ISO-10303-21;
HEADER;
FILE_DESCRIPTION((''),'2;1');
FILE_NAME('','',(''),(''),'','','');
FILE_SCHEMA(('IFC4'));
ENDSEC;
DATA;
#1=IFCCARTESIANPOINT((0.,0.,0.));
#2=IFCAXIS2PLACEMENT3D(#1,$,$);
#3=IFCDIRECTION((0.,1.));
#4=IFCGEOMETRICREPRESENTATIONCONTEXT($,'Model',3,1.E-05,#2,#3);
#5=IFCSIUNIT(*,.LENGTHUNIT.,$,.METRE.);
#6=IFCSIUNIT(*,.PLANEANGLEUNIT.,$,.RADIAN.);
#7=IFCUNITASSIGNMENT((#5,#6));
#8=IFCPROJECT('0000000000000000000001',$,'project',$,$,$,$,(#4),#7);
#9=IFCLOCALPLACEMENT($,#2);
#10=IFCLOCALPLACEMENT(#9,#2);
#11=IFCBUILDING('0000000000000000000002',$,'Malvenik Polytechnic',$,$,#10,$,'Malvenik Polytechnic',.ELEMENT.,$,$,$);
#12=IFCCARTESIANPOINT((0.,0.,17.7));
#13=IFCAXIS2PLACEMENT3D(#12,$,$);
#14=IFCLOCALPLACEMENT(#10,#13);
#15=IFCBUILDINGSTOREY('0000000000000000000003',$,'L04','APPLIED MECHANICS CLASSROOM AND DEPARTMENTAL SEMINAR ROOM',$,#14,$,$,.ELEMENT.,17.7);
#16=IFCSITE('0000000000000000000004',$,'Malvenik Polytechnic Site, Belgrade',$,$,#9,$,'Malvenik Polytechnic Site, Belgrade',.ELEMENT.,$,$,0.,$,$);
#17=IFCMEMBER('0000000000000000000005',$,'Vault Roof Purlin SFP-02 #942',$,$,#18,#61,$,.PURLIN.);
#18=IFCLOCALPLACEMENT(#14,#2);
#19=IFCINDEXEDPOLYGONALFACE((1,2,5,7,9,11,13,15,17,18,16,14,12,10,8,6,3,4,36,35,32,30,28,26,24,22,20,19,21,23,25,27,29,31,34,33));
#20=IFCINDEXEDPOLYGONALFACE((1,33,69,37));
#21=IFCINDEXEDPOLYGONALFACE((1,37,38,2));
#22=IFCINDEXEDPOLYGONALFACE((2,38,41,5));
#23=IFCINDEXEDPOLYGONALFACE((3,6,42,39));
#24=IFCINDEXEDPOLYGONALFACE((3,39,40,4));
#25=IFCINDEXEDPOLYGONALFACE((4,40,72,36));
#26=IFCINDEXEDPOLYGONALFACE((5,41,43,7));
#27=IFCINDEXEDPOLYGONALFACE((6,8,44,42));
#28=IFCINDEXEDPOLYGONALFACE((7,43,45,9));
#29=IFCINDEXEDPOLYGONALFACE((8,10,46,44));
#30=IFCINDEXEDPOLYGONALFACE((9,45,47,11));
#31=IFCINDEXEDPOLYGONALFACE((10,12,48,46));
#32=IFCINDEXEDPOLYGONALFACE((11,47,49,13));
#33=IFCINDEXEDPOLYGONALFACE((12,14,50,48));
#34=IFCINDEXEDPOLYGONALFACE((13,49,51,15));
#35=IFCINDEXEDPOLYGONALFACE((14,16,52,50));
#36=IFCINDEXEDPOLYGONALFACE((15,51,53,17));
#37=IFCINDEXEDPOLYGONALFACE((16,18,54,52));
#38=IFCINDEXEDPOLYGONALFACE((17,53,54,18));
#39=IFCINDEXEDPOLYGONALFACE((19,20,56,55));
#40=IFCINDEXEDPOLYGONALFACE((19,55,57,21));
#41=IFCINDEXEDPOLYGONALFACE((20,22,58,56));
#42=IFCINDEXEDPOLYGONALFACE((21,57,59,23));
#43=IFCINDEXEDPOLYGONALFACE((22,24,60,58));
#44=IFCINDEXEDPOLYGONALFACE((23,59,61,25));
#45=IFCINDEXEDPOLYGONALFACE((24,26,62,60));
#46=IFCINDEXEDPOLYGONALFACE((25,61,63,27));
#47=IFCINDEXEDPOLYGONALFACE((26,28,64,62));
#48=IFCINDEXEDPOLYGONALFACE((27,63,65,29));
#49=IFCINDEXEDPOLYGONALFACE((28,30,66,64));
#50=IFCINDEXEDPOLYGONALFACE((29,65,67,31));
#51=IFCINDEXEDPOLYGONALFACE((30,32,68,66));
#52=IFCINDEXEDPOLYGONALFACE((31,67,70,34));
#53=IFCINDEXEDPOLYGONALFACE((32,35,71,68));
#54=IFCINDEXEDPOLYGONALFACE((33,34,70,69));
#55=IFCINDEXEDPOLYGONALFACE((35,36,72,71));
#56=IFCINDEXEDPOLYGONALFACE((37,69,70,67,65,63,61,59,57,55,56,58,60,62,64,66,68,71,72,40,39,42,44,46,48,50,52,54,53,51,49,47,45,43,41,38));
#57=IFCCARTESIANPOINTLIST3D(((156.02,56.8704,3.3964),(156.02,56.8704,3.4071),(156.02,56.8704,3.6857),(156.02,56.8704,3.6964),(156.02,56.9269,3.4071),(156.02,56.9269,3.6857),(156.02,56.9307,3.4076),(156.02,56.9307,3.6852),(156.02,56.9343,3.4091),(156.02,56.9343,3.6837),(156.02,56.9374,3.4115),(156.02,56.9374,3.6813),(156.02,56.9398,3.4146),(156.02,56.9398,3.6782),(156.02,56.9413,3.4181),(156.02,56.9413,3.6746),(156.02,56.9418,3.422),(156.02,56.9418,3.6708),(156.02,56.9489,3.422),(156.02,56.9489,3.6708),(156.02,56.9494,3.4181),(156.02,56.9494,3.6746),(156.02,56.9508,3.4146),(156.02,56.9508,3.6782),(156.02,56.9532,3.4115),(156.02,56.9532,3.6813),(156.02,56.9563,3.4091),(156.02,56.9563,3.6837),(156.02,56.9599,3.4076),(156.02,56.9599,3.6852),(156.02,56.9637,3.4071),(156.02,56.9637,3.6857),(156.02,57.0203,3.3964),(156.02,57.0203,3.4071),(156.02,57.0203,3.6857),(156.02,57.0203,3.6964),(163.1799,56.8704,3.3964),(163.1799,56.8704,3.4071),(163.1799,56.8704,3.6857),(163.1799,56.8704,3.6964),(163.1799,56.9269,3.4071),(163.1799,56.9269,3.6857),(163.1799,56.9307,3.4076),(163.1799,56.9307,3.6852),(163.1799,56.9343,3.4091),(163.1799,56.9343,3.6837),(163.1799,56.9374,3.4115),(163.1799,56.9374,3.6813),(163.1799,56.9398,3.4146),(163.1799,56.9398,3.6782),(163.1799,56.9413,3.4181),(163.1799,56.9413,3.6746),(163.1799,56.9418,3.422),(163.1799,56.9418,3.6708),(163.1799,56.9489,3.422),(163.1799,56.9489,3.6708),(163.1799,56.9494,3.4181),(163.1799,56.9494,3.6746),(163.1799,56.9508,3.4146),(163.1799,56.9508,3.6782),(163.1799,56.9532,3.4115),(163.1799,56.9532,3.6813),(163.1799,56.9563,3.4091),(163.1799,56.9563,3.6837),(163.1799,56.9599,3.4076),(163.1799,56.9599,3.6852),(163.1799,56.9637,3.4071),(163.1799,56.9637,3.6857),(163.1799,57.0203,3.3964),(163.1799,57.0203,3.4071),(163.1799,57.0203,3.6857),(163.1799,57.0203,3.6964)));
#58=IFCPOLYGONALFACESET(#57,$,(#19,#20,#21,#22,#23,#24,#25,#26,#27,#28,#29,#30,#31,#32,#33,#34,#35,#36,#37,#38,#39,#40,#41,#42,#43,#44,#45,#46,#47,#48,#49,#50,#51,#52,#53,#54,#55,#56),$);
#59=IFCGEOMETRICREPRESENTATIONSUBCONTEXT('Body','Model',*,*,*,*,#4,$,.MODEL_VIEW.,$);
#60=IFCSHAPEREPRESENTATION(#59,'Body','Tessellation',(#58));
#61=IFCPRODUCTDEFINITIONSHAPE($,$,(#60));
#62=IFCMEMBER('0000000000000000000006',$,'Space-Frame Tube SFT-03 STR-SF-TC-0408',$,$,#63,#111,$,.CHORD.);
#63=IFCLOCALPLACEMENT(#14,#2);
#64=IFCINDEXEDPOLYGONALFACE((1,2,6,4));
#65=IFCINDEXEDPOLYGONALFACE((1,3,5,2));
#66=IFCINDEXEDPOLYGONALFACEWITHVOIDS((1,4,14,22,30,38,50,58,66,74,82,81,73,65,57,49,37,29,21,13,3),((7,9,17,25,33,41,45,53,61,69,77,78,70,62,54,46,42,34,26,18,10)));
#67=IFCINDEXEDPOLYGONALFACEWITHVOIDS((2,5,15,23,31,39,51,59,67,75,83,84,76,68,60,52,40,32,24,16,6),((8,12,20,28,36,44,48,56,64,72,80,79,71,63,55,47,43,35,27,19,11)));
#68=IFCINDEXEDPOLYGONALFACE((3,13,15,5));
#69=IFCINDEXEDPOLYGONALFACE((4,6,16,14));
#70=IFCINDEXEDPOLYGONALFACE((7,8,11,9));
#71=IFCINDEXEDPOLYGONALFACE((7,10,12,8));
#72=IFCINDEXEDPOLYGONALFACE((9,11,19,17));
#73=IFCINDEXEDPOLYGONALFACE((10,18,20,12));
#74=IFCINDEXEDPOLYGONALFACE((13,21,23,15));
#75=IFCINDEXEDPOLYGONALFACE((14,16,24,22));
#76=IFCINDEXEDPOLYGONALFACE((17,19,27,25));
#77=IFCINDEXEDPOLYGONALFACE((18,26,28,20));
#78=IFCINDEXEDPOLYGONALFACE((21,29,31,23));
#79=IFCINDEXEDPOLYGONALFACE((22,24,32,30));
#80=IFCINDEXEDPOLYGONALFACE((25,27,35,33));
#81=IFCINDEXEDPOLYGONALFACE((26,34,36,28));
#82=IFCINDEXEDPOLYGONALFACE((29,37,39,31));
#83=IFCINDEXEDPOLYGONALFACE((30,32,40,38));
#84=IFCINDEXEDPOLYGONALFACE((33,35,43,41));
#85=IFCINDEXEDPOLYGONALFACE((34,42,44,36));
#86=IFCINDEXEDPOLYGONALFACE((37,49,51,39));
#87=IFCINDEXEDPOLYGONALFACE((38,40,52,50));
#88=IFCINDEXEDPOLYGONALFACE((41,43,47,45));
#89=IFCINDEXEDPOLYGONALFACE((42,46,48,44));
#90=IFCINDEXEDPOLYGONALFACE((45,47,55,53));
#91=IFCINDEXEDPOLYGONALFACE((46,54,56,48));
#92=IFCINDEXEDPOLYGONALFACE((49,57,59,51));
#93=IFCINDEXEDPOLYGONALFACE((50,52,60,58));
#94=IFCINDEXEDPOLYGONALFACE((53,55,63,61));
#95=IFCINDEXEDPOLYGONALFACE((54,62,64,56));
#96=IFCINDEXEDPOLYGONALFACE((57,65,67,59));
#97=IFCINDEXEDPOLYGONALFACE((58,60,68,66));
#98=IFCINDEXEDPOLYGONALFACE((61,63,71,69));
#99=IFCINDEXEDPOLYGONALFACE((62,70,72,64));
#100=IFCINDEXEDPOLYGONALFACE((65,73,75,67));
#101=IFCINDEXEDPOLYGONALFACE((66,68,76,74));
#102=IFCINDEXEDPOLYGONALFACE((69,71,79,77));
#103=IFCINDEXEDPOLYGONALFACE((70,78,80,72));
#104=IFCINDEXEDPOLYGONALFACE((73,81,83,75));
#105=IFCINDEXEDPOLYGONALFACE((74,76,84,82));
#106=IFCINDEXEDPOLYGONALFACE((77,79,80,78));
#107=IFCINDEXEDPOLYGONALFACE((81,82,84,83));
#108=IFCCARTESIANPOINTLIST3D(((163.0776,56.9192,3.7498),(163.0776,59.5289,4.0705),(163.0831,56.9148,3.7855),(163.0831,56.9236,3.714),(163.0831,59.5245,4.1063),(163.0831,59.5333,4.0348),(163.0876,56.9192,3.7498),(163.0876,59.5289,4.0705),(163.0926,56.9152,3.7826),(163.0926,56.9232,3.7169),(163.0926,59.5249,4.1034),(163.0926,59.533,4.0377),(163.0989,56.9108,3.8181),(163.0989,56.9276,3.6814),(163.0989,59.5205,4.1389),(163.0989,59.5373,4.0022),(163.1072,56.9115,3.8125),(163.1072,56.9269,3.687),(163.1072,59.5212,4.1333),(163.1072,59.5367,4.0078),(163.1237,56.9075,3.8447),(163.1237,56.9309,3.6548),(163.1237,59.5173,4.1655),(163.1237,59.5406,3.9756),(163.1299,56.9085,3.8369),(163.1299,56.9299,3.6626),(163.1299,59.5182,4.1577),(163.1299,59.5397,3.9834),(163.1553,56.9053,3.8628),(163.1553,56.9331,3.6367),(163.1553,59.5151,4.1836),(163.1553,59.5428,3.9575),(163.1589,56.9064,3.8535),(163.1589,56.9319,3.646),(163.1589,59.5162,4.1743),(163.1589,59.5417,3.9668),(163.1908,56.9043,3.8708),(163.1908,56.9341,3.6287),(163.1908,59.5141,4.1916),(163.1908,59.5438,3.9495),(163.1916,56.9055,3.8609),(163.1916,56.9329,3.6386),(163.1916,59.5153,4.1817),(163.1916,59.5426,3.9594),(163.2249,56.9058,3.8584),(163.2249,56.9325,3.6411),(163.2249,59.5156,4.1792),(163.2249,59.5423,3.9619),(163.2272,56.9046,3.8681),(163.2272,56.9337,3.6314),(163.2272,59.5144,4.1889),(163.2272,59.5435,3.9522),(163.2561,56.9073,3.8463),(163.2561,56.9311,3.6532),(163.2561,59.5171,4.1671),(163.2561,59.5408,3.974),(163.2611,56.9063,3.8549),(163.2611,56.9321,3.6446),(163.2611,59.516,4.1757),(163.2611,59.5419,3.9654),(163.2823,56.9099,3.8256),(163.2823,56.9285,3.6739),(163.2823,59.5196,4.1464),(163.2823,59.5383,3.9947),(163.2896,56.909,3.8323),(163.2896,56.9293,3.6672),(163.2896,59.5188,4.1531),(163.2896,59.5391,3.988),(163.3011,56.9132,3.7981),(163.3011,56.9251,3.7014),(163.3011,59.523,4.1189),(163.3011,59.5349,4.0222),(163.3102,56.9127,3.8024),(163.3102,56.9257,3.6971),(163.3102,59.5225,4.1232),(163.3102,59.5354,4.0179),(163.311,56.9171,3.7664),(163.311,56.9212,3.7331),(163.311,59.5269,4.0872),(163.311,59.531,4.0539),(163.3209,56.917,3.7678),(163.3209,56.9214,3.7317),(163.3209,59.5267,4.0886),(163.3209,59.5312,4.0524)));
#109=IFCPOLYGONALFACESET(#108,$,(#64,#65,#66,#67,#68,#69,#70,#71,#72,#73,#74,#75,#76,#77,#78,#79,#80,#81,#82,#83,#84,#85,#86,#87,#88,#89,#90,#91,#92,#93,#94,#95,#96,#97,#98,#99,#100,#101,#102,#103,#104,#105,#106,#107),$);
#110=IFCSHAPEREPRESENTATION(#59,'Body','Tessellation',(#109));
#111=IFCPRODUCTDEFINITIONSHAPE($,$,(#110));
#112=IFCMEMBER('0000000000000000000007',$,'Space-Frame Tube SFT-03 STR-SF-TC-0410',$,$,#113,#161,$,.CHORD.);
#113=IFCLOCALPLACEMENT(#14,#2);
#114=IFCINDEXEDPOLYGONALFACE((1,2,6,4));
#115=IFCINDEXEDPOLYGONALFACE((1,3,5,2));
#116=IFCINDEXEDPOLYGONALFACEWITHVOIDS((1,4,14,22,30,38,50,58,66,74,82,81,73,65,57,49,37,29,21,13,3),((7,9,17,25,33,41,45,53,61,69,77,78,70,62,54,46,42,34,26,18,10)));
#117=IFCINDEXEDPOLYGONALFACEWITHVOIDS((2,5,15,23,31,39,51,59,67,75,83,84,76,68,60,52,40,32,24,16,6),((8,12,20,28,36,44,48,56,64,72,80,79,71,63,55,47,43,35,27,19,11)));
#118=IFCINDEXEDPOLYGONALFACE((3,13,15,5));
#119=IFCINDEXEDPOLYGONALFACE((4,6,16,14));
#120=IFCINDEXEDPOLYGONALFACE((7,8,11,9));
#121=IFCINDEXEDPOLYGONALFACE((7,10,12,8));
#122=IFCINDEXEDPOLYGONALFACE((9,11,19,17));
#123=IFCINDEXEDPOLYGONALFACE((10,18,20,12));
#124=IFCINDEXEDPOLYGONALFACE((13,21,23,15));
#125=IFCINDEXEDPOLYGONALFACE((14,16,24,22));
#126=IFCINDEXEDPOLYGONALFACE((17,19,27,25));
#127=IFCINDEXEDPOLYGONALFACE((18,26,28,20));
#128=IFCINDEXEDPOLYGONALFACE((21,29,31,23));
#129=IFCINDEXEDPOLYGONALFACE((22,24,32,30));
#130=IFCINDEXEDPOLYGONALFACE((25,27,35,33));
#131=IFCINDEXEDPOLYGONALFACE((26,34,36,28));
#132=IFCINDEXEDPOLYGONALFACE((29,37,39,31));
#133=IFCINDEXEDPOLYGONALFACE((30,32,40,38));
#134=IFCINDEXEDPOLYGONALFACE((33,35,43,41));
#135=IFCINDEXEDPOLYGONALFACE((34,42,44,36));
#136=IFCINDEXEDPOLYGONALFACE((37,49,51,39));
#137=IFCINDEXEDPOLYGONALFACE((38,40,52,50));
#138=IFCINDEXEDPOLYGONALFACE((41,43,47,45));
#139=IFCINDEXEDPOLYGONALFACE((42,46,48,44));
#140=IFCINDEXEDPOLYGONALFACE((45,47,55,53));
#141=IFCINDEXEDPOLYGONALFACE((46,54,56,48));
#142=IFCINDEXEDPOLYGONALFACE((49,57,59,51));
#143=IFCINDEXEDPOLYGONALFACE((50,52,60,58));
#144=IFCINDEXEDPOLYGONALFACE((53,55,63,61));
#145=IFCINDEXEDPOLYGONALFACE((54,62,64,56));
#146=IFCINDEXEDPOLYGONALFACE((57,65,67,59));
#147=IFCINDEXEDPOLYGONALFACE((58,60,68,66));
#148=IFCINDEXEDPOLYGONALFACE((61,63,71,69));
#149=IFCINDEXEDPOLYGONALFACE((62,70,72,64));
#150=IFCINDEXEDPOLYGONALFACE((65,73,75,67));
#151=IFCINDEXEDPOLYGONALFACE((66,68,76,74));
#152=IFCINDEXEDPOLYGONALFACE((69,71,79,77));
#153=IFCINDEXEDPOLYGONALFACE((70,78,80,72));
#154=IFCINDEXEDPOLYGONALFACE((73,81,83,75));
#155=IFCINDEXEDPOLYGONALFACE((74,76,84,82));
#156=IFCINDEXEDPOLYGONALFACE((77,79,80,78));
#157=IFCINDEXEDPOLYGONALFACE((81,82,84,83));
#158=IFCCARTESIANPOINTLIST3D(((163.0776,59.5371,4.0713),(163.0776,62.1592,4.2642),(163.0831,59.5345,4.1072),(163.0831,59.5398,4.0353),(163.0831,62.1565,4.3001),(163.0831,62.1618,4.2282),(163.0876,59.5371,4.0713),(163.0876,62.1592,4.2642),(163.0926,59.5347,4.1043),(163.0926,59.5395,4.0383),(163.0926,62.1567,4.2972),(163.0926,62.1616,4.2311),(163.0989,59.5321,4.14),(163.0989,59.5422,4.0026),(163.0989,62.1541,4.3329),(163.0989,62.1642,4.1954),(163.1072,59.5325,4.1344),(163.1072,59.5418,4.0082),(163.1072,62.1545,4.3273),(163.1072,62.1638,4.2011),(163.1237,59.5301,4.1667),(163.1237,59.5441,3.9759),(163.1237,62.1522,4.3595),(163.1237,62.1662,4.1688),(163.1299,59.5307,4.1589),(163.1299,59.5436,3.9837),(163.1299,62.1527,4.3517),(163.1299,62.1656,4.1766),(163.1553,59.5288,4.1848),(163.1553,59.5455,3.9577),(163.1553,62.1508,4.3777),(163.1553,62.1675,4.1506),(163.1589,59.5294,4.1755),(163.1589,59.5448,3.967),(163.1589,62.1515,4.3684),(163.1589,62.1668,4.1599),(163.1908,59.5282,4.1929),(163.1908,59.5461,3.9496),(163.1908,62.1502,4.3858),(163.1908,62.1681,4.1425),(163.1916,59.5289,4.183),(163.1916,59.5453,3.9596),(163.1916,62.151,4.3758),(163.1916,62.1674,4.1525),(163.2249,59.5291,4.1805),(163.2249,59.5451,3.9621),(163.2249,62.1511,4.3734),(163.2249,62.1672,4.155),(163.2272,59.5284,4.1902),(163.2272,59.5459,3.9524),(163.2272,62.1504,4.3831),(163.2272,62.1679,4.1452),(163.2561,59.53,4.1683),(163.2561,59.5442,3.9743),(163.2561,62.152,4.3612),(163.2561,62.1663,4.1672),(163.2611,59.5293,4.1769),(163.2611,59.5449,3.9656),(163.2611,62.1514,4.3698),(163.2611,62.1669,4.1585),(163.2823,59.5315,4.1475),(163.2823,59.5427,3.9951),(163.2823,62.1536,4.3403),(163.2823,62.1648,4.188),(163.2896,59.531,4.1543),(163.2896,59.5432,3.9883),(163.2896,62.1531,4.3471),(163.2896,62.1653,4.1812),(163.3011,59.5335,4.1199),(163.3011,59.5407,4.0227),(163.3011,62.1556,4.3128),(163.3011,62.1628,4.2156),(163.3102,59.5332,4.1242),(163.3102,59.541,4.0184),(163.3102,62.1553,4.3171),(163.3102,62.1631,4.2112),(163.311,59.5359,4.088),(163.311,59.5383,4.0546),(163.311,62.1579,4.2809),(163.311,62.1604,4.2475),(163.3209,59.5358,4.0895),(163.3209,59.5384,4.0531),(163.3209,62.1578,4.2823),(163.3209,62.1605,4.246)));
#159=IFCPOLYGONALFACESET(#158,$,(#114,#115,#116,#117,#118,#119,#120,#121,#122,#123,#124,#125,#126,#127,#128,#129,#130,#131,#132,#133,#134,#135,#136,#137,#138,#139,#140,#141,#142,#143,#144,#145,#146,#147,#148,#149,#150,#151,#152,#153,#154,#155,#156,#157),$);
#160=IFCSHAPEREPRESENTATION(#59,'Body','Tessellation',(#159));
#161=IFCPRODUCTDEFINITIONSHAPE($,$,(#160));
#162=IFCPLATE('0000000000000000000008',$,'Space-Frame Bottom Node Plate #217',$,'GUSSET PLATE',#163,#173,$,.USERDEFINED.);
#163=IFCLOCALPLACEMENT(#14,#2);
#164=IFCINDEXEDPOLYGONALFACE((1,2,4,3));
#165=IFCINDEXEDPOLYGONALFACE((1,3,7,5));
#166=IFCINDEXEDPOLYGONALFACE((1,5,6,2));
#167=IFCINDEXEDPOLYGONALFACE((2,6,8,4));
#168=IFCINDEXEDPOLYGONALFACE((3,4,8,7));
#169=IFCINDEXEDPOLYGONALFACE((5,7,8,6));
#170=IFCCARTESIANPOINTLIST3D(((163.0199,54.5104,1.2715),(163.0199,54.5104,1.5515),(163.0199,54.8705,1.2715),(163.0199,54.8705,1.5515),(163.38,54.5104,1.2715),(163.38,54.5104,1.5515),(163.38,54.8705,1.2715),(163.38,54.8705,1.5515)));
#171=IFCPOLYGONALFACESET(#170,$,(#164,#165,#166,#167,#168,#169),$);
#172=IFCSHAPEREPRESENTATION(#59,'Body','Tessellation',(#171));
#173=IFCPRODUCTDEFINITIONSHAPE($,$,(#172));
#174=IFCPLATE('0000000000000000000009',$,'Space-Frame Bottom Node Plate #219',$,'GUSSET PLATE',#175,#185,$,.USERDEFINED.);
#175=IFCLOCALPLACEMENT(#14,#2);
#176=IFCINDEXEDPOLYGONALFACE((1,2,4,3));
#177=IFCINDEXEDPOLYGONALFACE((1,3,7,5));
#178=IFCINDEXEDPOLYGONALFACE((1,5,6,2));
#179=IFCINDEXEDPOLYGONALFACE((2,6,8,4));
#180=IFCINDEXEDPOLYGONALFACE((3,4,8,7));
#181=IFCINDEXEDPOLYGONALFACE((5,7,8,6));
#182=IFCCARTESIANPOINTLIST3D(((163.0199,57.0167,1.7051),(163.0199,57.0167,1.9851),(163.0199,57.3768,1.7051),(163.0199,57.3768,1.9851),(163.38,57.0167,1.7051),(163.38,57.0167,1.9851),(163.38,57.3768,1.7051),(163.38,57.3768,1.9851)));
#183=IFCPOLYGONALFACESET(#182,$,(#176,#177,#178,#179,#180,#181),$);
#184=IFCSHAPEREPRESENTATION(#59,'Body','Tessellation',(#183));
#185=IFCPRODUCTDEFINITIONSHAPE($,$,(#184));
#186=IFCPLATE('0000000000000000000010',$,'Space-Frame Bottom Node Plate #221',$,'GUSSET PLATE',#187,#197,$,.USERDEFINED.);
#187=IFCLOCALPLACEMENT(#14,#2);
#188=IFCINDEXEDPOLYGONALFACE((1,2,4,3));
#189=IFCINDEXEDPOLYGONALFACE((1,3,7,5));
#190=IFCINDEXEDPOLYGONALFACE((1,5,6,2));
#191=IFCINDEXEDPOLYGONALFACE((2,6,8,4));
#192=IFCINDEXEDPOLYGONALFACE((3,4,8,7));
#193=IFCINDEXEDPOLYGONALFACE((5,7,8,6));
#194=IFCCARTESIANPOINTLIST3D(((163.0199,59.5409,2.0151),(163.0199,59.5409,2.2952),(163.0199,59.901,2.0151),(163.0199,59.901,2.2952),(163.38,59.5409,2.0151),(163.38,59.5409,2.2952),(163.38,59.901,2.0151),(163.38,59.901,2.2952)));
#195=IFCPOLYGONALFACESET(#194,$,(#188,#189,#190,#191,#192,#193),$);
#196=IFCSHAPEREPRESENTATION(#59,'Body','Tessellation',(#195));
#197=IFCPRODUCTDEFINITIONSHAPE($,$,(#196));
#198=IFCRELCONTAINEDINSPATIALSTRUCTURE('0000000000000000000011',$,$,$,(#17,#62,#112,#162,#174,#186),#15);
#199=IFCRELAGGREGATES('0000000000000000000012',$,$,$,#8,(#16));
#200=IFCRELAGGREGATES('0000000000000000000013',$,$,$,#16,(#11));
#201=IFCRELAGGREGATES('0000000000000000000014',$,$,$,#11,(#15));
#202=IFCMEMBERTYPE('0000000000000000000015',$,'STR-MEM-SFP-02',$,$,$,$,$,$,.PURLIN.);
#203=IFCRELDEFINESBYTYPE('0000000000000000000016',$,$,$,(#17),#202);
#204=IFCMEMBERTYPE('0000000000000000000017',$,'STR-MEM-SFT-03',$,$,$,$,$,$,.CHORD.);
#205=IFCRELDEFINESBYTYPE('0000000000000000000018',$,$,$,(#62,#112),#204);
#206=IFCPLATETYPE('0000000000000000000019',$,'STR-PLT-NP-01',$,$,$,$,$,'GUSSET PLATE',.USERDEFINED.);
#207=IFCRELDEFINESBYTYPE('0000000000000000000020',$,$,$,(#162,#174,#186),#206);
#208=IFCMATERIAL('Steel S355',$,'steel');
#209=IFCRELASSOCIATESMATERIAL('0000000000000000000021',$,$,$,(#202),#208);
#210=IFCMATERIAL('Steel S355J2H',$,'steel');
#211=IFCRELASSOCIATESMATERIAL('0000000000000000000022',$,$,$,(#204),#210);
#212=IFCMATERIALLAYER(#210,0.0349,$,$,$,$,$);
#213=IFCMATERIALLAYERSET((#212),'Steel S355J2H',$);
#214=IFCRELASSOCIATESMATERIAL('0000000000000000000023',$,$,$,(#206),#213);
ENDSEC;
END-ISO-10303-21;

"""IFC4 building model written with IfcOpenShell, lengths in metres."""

from ifc_helpers import new_model, si_unit, direction, frame, origin, origin_2d, place, context, subcontext, project, spatial, rectangle, hollow_circle, i_section, extrude, material, layer, layer_set, material_profile, profile_set, type_object, element, save


model = new_model("IFC4")

# Units and contexts
model_context = context("Model", 3, precision=1e-05, world=origin(), true_north=direction((0.0, 1.0)))
body_context = subcontext(model_context, "Body", "Model", "MODEL_VIEW")
ifc_project = project(units=[si_unit("LENGTHUNIT", "METRE"), si_unit("PLANEANGLEUNIT", "RADIAN")], contexts=[model_context])

# Site, building, storey
site_placement = place(None, origin())
site = spatial("IfcSite", under=ifc_project, at=site_placement, Name="Malvenik Polytechnic Site, Belgrade", LongName="Malvenik Polytechnic Site, Belgrade", CompositionType="ELEMENT", RefElevation=0.0)
building_placement = place(site_placement, origin())
building = spatial("IfcBuilding", under=site, at=building_placement, Name="Malvenik Polytechnic", LongName="Malvenik Polytechnic", CompositionType="ELEMENT")
storey_placement = place(building_placement, frame((0.0, 0.0, 17.7)))
storey = spatial("IfcBuildingStorey", under=building, at=storey_placement, Name="L04", Description="APPLIED MECHANICS CLASSROOM AND DEPARTMENTAL SEMINAR ROOM", CompositionType="ELEMENT", Elevation=17.7)

# Members
ifc_material_1 = material(Name="Steel S355J2H", Category="steel")
ifc_material_2 = material(Name="Steel S355", Category="steel")
ifc_material_profile_1 = material_profile(ifc_material_2, i_section(OverallWidth=0.1499, OverallDepth=0.3, WebThickness=0.0071, FlangeThickness=0.0107, FilletRadius=0.0149, at=origin_2d()), Name="IPE 300")
ifc_profile_set_1 = profile_set([ifc_material_profile_1], Name="Steel S355")
member_type_1 = type_object("IfcMemberType", Name="STR-MEM-SFP-02", PredefinedType="PURLIN", material=ifc_profile_set_1)
member_1_placement = place(storey_placement, frame((156.02, 56.9453, 3.5464), z_axis=(1.0, 0.0, 0.0), x_axis=(0.0, 1.0, 0.0)))
element("IfcMember", 1, at=member_1_placement, inside=storey, type_object=member_type_1, Name="Vault Roof Purlin SFP-02 #942", PredefinedType="PURLIN", context=body_context, shape_type="SweptSolid", body=[
    extrude(i_section(OverallWidth=0.1499, OverallDepth=0.3, WebThickness=0.0071, FlangeThickness=0.0107, FilletRadius=0.0149, at=origin_2d()), origin(), (0.0, 0.0, 1.0), 7.1599),
])
ifc_material_profile_2 = material_profile(ifc_material_1, hollow_circle(Radius=0.1223, WallThickness=0.01, at=origin_2d()), Name="CHS 244.5x10.0")
ifc_profile_set_2 = profile_set([ifc_material_profile_2], Name="Steel S355J2H")
member_type_2 = type_object("IfcMemberType", Name="STR-MEM-SFT-03", PredefinedType="CHORD", material=ifc_profile_set_2)
member_2_placement = place(storey_placement, frame((163.2, 56.9192, 3.7498), z_axis=(0.0, 0.99253, 0.122), x_axis=(-1.0, 0.0, 0.0)))
element("IfcMember", 2, at=member_2_placement, inside=storey, type_object=member_type_2, Name="Space-Frame Tube SFT-03 STR-SF-TC-0408", PredefinedType="CHORD", context=body_context, shape_type="SweptSolid", body=[
    extrude(hollow_circle(Radius=0.1223, WallThickness=0.01, at=origin_2d()), origin(), (0.0, 0.0, 1.0), 2.6294),
])
member_3_placement = place(storey_placement, frame((163.2, 59.5371, 4.0713), z_axis=(0.0, 0.997306, 0.073359), x_axis=(-1.0, 0.0, 0.0)))
element("IfcMember", 3, at=member_3_placement, inside=storey, type_object=member_type_2, Name="Space-Frame Tube SFT-03 STR-SF-TC-0410", PredefinedType="CHORD", context=body_context, shape_type="SweptSolid", body=[
    extrude(hollow_circle(Radius=0.1223, WallThickness=0.01, at=origin_2d()), origin(), (0.0, 0.0, 1.0), 2.6292),
])

# Plates
ifc_layer_1 = layer(ifc_material_1, 0.0349)
ifc_layer_set_1 = layer_set([ifc_layer_1], Name="Steel S355J2H")
plate_type_1 = type_object("IfcPlateType", Name="STR-PLT-NP-01", ElementType="GUSSET PLATE", PredefinedType="USERDEFINED", material=ifc_layer_set_1)
for number, where, z_axis, x_axis, name in (
    (4, (163.2, 54.6904, 1.2715), (0.0, 0.0, 1.0), (1.0, 0.0, 0.0), "Space-Frame Bottom Node Plate #217"),
    (5, (163.2, 57.1968, 1.7051), (0.0, 0.0, 1.0), (1.0, 0.0, 0.0), "Space-Frame Bottom Node Plate #219"),
    (6, (163.2, 59.7209, 2.0151), (0.0, 0.0, 1.0), (1.0, 0.0, 0.0), "Space-Frame Bottom Node Plate #221"),
):
    element("IfcPlate", number, at=place(storey_placement, frame(where, z_axis=z_axis, x_axis=x_axis)), inside=storey, type_object=plate_type_1, Name=name, ObjectType="GUSSET PLATE", PredefinedType="USERDEFINED", context=body_context, shape_type="SweptSolid", body=[
        extrude(rectangle(XDim=0.3601, YDim=0.3601, at=origin_2d()), origin(), (0.0, 0.0, 1.0), 0.28),
    ])

save(model, "model.ifc")
